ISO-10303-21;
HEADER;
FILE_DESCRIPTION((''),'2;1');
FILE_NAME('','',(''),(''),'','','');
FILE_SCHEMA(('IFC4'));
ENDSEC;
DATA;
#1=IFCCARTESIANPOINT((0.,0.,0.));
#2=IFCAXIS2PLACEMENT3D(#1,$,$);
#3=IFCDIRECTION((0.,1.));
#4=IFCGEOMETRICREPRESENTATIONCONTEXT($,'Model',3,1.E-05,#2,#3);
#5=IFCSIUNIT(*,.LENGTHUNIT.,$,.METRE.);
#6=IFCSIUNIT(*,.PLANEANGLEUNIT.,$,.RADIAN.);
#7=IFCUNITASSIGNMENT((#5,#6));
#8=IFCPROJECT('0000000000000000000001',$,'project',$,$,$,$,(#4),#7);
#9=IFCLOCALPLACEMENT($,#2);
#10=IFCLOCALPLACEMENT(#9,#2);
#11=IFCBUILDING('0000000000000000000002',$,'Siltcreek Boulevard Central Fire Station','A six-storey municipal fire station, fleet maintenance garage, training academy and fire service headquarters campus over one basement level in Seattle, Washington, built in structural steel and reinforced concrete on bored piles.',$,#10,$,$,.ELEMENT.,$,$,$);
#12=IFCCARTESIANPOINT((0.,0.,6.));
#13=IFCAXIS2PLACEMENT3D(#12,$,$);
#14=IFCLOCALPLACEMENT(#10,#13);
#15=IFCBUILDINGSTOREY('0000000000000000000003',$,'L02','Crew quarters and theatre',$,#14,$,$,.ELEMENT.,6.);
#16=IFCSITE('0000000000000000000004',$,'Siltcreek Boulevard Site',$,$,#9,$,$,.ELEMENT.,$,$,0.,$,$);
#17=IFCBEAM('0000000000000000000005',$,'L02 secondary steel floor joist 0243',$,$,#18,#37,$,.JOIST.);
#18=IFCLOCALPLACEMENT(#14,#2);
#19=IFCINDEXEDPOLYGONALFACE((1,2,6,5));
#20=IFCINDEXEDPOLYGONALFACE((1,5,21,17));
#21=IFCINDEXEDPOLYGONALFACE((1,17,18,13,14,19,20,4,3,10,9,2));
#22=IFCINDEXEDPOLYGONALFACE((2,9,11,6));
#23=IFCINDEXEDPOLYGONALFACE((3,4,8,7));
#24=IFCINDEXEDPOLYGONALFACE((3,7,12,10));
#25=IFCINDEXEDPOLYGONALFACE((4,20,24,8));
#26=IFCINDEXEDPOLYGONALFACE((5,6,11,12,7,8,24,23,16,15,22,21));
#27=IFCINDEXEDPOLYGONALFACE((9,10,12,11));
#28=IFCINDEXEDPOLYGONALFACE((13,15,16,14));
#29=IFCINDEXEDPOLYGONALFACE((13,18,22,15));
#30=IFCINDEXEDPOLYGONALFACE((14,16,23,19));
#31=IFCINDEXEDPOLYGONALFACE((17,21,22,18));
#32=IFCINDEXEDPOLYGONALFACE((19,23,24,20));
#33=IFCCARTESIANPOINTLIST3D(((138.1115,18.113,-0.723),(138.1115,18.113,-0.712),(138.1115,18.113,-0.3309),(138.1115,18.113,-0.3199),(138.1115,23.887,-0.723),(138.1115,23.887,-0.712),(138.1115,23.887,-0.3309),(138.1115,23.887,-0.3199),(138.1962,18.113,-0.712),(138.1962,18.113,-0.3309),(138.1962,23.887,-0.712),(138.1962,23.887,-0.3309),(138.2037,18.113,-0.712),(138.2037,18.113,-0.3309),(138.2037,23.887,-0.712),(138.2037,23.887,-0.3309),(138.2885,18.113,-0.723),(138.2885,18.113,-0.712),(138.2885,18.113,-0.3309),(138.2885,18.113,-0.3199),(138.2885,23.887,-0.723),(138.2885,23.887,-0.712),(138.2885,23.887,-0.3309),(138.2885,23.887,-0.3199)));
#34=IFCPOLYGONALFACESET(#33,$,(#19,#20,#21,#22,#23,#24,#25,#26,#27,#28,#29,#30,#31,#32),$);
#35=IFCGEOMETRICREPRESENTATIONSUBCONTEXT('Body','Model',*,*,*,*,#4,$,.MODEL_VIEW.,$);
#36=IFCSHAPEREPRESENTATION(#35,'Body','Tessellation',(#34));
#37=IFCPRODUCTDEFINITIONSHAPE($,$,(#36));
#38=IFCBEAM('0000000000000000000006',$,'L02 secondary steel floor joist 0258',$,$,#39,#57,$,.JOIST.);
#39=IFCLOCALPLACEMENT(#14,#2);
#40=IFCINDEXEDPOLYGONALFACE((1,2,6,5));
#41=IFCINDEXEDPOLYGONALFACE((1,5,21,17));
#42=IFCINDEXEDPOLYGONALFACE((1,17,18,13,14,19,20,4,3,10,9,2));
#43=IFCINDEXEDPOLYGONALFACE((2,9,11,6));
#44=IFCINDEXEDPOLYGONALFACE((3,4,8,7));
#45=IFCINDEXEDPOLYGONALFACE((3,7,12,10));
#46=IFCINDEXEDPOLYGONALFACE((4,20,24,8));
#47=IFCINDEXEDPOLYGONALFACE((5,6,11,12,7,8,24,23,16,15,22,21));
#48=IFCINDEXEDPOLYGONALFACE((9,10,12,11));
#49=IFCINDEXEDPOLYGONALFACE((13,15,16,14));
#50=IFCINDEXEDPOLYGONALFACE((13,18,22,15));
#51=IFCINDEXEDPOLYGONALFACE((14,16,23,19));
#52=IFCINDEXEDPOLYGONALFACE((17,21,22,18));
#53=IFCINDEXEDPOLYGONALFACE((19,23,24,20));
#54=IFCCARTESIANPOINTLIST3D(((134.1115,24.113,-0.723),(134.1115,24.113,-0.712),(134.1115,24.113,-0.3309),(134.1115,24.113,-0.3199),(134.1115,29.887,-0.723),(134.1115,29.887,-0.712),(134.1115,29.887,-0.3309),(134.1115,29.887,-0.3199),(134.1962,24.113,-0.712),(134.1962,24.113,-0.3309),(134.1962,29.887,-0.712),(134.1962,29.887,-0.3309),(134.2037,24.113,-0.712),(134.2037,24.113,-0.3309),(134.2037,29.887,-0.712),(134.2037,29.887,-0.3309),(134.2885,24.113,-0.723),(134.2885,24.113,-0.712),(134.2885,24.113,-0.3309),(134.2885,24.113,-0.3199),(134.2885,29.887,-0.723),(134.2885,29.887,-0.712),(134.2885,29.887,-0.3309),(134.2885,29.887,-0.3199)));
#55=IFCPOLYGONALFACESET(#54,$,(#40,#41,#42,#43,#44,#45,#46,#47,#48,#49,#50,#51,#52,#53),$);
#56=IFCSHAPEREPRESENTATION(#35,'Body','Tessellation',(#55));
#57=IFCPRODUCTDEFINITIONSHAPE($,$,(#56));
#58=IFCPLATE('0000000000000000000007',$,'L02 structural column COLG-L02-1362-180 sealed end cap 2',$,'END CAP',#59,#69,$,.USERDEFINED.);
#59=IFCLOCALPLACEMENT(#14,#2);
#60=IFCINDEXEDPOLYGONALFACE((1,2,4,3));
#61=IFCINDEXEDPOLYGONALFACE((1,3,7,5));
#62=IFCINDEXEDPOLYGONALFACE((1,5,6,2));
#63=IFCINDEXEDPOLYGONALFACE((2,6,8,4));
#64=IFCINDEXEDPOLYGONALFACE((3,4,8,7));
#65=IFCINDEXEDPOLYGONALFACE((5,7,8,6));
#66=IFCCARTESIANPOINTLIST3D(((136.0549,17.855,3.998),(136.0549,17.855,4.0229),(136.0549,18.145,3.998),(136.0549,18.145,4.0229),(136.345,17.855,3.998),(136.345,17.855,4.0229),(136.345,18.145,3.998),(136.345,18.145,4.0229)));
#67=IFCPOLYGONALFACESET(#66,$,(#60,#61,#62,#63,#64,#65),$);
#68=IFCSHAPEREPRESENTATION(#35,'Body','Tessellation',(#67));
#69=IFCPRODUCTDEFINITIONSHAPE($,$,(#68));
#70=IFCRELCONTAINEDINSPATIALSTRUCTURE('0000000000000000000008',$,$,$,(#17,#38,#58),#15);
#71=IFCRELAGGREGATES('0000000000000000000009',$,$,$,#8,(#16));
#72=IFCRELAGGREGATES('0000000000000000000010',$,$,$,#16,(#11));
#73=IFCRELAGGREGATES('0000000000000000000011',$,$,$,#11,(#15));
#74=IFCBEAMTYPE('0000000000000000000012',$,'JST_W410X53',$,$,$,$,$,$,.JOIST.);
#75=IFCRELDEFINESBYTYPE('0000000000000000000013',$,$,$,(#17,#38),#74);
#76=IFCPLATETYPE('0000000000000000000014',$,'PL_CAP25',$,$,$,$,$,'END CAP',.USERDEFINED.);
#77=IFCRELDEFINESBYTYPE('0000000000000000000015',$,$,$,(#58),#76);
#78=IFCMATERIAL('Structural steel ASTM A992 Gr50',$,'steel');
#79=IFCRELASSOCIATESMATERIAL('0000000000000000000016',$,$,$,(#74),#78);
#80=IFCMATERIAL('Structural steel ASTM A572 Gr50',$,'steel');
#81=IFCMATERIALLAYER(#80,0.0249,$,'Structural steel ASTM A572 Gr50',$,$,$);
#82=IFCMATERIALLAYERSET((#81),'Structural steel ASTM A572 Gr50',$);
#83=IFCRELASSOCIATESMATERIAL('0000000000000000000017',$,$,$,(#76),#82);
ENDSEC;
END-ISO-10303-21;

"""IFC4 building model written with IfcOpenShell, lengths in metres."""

from ifc_helpers import new_model, si_unit, direction, frame, origin, origin_2d, place, context, subcontext, project, spatial, rectangle, i_section, extrude, material, layer, layer_set, material_profile, profile_set, type_object, element, save


model = new_model("IFC4")

# Units and contexts
model_context = context("Model", 3, precision=1e-05, world=origin(), true_north=direction((0.0, 1.0)))
body_context = subcontext(model_context, "Body", "Model", "MODEL_VIEW")
ifc_project = project(units=[si_unit("LENGTHUNIT", "METRE"), si_unit("PLANEANGLEUNIT", "RADIAN")], contexts=[model_context])

# Site, building, storey
site_placement = place(None, origin())
site = spatial("IfcSite", under=ifc_project, at=site_placement, Name="Siltcreek Boulevard Site", CompositionType="ELEMENT", RefElevation=0.0)
building_placement = place(site_placement, origin())
building = spatial("IfcBuilding", under=site, at=building_placement, Name="Siltcreek Boulevard Central Fire Station", Description="A six-storey municipal fire station, fleet maintenance garage, training academy and fire service headquarters campus over one basement level in Seattle, Washington, built in structural steel and reinforced concrete on bored piles.", CompositionType="ELEMENT")
storey_placement = place(building_placement, frame((0.0, 0.0, 6.0)))
storey = spatial("IfcBuildingStorey", under=building, at=storey_placement, Name="L02", Description="Crew quarters and theatre", CompositionType="ELEMENT", Elevation=6.0)

# Shared definitions
ifc_material_1 = material(Name="Structural steel ASTM A992 Gr50", Category="steel")

# Beams
ifc_material_profile_1 = material_profile(ifc_material_1, i_section(OverallWidth=0.177, OverallDepth=0.4031, WebThickness=0.0076, FlangeThickness=0.011, at=origin_2d()), Name="W410X53")
ifc_profile_set_1 = profile_set([ifc_material_profile_1], Name="Structural steel ASTM A992 Gr50")
beam_type_1 = type_object("IfcBeamType", Name="JST_W410X53", PredefinedType="JOIST", material=ifc_profile_set_1)
for number, where, z_axis, x_axis, name in (
    (1, (138.2, 18.113, -0.5215), (0.0, 1.0, 0.0), (-1.0, 0.0, 0.0), "L02 secondary steel floor joist 0243"),
    (2, (134.2, 24.113, -0.5215), (0.0, 1.0, 0.0), (-1.0, 0.0, 0.0), "L02 secondary steel floor joist 0258"),
):
    element("IfcBeam", number, at=place(storey_placement, frame(where, z_axis=z_axis, x_axis=x_axis)), inside=storey, type_object=beam_type_1, Name=name, PredefinedType="JOIST", context=body_context, shape_type="SweptSolid", body=[
        extrude(i_section(OverallWidth=0.177, OverallDepth=0.4031, WebThickness=0.0076, FlangeThickness=0.011, at=origin_2d()), origin(), (0.0, 0.0, 1.0), 5.7739),
    ])

# Plate
ifc_material_2 = material(Name="Structural steel ASTM A572 Gr50", Category="steel")
ifc_layer = layer(ifc_material_2, 0.0249, Name="Structural steel ASTM A572 Gr50")
ifc_layer_set = layer_set([ifc_layer], Name="Structural steel ASTM A572 Gr50")
plate_type = type_object("IfcPlateType", Name="PL_CAP25", ElementType="END CAP", PredefinedType="USERDEFINED", material=ifc_layer_set)
plate_placement = place(storey_placement, frame((136.2, 18.0, 3.998), z_axis=(0.0, 0.0, 1.0), x_axis=(1.0, 0.0, 0.0)))
element("IfcPlate", 3, at=plate_placement, inside=storey, type_object=plate_type, Name="L02 structural column COLG-L02-1362-180 sealed end cap 2", ObjectType="END CAP", PredefinedType="USERDEFINED", context=body_context, shape_type="SweptSolid", body=[
    extrude(rectangle(XDim=0.29, YDim=0.29, at=origin_2d()), origin(), (0.0, 0.0, 1.0), 0.0249),
])

save(model, "model.ifc")
